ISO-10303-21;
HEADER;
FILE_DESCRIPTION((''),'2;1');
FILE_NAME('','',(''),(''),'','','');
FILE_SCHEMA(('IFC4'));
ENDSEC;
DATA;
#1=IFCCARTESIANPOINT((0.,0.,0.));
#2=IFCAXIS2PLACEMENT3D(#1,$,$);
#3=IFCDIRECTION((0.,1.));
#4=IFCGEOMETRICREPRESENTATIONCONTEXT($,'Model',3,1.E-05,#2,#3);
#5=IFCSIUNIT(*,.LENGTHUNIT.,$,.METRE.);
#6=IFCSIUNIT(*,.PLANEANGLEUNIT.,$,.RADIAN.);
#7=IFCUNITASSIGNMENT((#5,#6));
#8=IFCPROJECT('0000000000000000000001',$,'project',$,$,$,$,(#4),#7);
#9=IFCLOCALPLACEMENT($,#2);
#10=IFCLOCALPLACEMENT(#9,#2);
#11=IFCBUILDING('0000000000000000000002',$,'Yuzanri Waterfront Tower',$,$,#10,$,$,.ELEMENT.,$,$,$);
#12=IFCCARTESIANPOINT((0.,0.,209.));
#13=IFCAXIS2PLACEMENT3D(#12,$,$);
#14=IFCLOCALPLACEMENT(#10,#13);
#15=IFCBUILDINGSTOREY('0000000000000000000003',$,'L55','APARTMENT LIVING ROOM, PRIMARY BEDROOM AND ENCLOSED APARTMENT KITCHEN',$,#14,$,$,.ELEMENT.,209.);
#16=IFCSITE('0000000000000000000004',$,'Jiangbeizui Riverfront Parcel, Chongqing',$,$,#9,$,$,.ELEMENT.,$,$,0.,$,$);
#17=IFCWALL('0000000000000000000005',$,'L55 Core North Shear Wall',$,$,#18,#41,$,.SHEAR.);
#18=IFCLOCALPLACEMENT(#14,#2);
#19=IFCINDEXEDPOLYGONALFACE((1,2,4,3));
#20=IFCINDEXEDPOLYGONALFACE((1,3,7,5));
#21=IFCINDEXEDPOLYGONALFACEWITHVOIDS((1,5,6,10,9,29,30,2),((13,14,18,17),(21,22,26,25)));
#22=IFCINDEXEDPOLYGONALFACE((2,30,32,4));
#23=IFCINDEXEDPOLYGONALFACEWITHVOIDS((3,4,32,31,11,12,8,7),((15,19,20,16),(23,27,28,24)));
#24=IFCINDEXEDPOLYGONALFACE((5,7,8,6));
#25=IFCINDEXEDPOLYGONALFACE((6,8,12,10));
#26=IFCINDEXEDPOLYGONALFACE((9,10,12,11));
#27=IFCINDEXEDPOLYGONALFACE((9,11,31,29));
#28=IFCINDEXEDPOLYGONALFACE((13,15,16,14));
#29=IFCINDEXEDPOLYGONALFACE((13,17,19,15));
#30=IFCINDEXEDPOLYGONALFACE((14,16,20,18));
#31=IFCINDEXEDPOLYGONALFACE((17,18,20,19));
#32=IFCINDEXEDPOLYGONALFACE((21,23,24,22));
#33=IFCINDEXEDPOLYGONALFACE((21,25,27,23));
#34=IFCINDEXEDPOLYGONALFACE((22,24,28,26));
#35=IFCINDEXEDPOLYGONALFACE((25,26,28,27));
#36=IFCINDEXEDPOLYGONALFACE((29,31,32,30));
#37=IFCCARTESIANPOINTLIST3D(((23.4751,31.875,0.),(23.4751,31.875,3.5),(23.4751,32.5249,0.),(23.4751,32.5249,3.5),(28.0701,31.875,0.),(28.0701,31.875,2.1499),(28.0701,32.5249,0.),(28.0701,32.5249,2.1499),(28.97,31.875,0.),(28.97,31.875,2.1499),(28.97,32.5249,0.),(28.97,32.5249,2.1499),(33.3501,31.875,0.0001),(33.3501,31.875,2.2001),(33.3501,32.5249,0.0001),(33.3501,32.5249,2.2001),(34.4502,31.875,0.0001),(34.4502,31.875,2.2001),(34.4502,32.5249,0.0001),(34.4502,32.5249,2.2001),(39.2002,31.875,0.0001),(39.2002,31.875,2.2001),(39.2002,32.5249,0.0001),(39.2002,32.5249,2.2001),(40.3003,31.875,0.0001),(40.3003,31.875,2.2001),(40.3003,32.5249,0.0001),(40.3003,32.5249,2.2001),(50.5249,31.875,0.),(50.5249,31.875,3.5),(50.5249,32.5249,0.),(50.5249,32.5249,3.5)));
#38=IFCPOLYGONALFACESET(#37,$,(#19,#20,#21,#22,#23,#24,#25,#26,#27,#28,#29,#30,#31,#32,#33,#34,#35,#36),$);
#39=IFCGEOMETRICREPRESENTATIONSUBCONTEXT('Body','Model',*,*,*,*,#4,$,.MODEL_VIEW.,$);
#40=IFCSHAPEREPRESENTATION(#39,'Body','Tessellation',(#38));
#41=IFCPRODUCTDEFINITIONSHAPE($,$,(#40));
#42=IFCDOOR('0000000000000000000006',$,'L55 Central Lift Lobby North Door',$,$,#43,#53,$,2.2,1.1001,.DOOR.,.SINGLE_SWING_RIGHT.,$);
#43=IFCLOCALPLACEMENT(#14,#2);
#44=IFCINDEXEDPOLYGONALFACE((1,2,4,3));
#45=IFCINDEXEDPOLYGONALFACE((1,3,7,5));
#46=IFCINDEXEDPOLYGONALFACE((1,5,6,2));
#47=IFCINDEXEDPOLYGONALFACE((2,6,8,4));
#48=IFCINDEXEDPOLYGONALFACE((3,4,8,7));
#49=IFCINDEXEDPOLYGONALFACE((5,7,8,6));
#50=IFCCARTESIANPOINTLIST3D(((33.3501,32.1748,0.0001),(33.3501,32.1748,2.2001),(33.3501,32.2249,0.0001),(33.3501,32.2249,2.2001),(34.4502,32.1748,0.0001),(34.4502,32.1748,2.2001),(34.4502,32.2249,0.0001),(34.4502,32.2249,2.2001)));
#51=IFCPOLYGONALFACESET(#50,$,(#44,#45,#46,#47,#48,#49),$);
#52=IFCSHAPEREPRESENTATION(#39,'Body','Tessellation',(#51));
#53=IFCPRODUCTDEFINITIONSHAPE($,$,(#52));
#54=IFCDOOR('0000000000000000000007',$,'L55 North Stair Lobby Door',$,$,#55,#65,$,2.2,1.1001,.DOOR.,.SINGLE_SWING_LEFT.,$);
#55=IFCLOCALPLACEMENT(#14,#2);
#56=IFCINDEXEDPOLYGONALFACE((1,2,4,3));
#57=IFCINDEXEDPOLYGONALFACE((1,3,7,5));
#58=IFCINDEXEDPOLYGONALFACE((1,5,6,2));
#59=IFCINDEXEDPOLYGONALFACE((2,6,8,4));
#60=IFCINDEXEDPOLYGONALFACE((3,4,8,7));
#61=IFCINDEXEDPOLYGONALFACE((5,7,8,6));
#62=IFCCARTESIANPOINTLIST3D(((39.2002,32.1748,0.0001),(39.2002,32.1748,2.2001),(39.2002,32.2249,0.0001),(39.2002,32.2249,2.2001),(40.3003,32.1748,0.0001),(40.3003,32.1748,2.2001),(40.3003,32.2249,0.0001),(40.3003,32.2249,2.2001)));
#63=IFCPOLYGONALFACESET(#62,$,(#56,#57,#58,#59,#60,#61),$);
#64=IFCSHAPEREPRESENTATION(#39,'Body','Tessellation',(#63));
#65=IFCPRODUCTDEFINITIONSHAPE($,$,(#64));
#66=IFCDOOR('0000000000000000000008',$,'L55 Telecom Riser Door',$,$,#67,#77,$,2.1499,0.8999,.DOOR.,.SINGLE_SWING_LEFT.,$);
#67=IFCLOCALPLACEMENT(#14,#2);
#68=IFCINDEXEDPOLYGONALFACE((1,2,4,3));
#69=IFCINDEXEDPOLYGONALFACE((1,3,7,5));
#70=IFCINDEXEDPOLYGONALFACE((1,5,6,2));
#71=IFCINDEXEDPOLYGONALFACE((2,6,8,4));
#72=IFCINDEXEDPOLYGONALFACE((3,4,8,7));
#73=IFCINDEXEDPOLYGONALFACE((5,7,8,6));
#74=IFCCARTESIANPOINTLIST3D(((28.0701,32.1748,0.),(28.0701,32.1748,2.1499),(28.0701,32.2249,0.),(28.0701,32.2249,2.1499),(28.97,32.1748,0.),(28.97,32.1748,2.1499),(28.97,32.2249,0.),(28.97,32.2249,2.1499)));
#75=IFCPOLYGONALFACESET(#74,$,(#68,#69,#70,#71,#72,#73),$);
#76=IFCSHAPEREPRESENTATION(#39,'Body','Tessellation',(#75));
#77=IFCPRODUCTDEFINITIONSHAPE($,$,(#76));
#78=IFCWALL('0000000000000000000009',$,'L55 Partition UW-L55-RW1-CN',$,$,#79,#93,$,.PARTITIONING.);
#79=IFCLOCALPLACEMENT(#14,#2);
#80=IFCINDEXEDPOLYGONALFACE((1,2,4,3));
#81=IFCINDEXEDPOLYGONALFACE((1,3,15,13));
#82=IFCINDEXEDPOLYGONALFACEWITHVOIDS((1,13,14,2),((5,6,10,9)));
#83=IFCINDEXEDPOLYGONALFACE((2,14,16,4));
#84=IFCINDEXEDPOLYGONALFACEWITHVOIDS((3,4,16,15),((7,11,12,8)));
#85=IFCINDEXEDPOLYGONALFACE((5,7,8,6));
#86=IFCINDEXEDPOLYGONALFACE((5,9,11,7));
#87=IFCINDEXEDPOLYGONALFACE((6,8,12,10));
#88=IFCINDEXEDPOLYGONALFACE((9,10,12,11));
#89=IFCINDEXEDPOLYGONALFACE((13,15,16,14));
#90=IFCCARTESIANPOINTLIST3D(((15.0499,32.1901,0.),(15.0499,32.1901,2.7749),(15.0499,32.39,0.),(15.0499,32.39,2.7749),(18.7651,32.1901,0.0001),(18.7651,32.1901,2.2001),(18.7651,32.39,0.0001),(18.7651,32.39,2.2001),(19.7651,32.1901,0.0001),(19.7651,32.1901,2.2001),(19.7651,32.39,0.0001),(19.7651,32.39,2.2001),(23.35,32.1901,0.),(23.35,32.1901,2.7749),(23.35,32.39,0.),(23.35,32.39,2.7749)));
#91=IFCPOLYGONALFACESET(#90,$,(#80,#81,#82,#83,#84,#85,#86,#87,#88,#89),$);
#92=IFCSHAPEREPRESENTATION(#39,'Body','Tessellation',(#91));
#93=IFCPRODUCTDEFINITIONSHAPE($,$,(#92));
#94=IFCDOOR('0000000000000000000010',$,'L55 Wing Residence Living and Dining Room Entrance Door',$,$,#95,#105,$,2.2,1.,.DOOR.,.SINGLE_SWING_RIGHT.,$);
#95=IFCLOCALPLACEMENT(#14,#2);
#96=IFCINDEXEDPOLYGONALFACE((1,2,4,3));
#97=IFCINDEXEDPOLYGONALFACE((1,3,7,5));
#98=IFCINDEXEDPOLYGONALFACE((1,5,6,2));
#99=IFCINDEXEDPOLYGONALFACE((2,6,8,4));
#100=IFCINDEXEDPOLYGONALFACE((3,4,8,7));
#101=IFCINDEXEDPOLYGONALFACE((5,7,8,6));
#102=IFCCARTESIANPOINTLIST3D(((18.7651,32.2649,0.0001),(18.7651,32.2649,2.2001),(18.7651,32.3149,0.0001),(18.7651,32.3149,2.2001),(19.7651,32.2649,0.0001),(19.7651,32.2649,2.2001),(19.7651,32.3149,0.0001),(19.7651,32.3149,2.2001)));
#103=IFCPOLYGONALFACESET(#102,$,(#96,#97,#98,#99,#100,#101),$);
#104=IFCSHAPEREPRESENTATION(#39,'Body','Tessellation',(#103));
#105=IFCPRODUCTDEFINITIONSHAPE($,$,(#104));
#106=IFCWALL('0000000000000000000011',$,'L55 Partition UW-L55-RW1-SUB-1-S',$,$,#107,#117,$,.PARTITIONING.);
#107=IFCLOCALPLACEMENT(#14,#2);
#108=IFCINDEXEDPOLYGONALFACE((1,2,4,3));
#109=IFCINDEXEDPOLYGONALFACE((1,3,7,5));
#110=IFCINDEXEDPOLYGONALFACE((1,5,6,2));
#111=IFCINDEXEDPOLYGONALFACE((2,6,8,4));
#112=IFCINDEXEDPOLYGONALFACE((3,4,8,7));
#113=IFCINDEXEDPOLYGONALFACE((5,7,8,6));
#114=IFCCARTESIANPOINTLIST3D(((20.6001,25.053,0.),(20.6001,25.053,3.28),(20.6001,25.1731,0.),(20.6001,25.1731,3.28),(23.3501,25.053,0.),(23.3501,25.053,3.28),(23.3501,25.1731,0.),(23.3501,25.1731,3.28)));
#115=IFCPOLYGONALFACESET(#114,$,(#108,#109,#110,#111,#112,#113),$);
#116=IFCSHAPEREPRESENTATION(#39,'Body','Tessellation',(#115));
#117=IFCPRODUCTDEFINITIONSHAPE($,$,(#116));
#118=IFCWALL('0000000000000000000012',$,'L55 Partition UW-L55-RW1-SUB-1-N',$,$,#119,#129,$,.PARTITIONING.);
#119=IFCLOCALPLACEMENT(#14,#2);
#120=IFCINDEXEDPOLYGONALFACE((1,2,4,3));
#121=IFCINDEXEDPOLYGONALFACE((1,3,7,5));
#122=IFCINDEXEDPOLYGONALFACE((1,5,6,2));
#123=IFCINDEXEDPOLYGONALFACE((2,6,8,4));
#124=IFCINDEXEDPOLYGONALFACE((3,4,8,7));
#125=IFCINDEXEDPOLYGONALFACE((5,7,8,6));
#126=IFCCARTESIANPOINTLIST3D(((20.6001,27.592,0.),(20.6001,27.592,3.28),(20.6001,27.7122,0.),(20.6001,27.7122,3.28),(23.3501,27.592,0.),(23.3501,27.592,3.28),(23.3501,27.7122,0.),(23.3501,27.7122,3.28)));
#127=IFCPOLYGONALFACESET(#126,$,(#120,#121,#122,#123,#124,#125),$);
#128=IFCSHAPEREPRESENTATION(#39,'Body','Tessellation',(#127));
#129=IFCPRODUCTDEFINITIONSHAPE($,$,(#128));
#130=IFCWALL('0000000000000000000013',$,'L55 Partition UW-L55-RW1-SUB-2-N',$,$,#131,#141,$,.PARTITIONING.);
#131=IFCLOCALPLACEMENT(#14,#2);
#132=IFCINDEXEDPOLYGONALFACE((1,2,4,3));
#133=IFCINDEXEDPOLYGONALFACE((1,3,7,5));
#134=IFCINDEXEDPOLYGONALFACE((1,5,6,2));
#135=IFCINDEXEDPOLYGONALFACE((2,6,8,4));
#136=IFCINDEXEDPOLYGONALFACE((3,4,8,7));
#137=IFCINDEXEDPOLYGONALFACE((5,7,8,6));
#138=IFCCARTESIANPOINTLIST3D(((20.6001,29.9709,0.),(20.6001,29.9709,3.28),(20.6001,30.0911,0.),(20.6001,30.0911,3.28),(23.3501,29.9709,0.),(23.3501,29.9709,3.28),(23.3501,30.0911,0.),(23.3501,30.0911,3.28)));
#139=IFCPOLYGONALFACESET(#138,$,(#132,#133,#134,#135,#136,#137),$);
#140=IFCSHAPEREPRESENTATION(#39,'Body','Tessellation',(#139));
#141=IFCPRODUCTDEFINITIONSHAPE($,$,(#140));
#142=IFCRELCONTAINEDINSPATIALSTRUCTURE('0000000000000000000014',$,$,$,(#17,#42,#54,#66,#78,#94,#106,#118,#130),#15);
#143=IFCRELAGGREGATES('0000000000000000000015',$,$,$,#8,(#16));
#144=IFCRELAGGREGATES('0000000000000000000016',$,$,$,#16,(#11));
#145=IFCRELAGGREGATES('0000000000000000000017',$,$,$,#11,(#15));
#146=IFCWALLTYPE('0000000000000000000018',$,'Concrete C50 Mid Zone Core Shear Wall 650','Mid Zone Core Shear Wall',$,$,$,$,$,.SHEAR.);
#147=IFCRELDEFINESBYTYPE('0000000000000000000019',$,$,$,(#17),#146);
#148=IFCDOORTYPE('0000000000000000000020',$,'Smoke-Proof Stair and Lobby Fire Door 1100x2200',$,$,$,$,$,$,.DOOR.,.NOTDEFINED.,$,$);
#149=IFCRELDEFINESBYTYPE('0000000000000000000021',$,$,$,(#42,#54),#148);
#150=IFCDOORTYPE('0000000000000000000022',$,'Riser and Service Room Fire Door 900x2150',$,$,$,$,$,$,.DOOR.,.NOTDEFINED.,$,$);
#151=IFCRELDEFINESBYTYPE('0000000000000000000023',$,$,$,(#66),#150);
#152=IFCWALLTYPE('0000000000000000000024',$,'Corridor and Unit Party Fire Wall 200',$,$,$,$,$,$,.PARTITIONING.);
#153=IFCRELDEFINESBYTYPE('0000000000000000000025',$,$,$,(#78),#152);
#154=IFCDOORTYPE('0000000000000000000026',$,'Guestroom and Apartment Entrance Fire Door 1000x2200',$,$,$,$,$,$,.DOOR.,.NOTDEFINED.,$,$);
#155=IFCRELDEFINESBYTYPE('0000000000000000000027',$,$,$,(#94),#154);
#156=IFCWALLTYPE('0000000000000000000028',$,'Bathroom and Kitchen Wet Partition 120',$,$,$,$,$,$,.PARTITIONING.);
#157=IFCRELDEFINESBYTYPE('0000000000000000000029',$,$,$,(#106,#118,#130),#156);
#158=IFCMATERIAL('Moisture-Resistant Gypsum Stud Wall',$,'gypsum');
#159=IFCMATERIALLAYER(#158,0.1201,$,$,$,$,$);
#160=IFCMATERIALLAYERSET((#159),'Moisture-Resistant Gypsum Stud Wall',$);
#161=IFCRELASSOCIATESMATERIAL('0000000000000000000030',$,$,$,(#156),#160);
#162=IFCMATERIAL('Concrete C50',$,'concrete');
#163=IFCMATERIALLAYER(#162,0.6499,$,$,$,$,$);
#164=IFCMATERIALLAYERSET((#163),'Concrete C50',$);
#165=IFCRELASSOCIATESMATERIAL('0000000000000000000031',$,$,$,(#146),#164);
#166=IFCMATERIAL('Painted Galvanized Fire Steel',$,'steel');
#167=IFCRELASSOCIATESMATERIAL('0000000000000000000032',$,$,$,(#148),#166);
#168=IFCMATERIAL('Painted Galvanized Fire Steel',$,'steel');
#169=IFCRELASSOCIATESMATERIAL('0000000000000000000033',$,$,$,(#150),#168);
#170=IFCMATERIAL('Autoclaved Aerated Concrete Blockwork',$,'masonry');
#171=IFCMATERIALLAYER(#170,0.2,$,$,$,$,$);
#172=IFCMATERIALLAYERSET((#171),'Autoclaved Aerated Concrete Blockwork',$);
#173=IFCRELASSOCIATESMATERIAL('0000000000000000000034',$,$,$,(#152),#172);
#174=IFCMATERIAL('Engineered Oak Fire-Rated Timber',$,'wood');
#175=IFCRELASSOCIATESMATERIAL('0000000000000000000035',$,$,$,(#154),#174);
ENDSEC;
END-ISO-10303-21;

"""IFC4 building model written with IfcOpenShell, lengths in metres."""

from ifc_helpers import new_model, si_unit, direction, frame, frame_2d, origin, place, context, subcontext, project, spatial, rectangle, extrude, source, transform, mapped, material, layer, layer_set, type_object, element, fill, save


model = new_model("IFC4")

# Units and contexts
model_context = context("Model", 3, precision=1e-05, world=origin(), true_north=direction((0.0, 1.0)))
body_context = subcontext(model_context, "Body", "Model", "MODEL_VIEW")
ifc_project = project(units=[si_unit("LENGTHUNIT", "METRE"), si_unit("PLANEANGLEUNIT", "RADIAN")], contexts=[model_context])

# Site, building, storey
site_placement = place(None, origin())
site = spatial("IfcSite", under=ifc_project, at=site_placement, Name="Jiangbeizui Riverfront Parcel, Chongqing", CompositionType="ELEMENT", RefElevation=0.0)
building_placement = place(site_placement, origin())
building = spatial("IfcBuilding", under=site, at=building_placement, Name="Yuzanri Waterfront Tower", CompositionType="ELEMENT")
storey_placement = place(building_placement, frame((0.0, 0.0, 209.0)))
storey = spatial("IfcBuildingStorey", under=building, at=storey_placement, Name="L55", Description="APARTMENT LIVING ROOM, PRIMARY BEDROOM AND ENCLOSED APARTMENT KITCHEN", CompositionType="ELEMENT", Elevation=209.0)

# Shared definitions
ifc_material_1 = material(Name="Moisture-Resistant Gypsum Stud Wall", Category="gypsum")
ifc_layer_1 = layer(ifc_material_1, 0.1201)
ifc_layer_set_1 = layer_set([ifc_layer_1], Name="Moisture-Resistant Gypsum Stud Wall")
wall_type_1 = type_object("IfcWallType", Name="Bathroom and Kitchen Wet Partition 120", PredefinedType="PARTITIONING", material=ifc_layer_set_1)

# Wall, openings, doors
ifc_material_2 = material(Name="Concrete C50", Category="concrete")
ifc_layer_2 = layer(ifc_material_2, 0.6499)
ifc_layer_set_2 = layer_set([ifc_layer_2], Name="Concrete C50")
wall_type_2 = type_object("IfcWallType", Name="Concrete C50 Mid Zone Core Shear Wall 650", Description="Mid Zone Core Shear Wall", PredefinedType="SHEAR", material=ifc_layer_set_2)
wall_1_placement = place(storey_placement, frame((23.4751, 32.2, 0.0), z_axis=(0.0, 0.0, 1.0), x_axis=(1.0, 0.0, 0.0)))
wall_1 = element("IfcWall", 1, at=wall_1_placement, inside=storey, type_object=wall_type_2, Name="L55 Core North Shear Wall", PredefinedType="SHEAR", context=body_context, shape_type="SweptSolid", body=[
    extrude(rectangle(XDim=27.0498, YDim=0.6499, at=frame_2d((13.5249, 0.0))), origin(), (0.0, 0.0, 1.0), 3.5),
])
opening_1_placement = place(wall_1_placement, frame((4.595, 0.0, 0.0)))
opening_1 = element("IfcOpeningElement", 2, at=opening_1_placement, cuts=wall_1, PredefinedType="OPENING", context=body_context, shape_type="SweptSolid", body=[
    extrude(rectangle(XDim=0.8999, YDim=2.1499, at=frame_2d((0.45, 1.075))), frame((0.0, 0.3398, 0.0), z_axis=(0.0, -1.0, 0.0), x_axis=(1.0, 0.0, 0.0)), (0.0, 0.0, 1.0), 0.6797),
])
opening_2_placement = place(wall_1_placement, frame((9.875, 0.0, 0.0)))
opening_2 = element("IfcOpeningElement", 3, at=opening_2_placement, cuts=wall_1, PredefinedType="OPENING", context=body_context, shape_type="SweptSolid", body=[
    extrude(rectangle(XDim=1.1001, YDim=2.2, at=frame_2d((0.55, 1.1001))), frame((0.0, 0.3398, 0.0), z_axis=(0.0, -1.0, 0.0), x_axis=(1.0, 0.0, 0.0)), (0.0, 0.0, 1.0), 0.6797),
])
opening_3_placement = place(wall_1_placement, frame((15.7251, 0.0, 0.0)))
opening_3 = element("IfcOpeningElement", 4, at=opening_3_placement, cuts=wall_1, PredefinedType="OPENING", context=body_context, shape_type="SweptSolid", body=[
    extrude(rectangle(XDim=1.1001, YDim=2.2, at=frame_2d((0.55, 1.1001))), frame((0.0, 0.3398, 0.0), z_axis=(0.0, -1.0, 0.0), x_axis=(1.0, 0.0, 0.0)), (0.0, 0.0, 1.0), 0.6797),
])
ifc_material_3 = material(Name="Painted Galvanized Fire Steel", Category="steel")
door_type_1 = type_object("IfcDoorType", Name="Smoke-Proof Stair and Lobby Fire Door 1100x2200", OperationType="NOTDEFINED", PredefinedType="DOOR", material=ifc_material_3)
shared_shape_1 = source(origin(), body_context, "Body", "SweptSolid", [
    extrude(rectangle(XDim=1.1001, YDim=2.2, at=frame_2d((0.55, 1.1001))), frame((0.0, 0.0249, 0.0), z_axis=(0.0, -1.0, 0.0), x_axis=(1.0, 0.0, 0.0)), (0.0, 0.0, 1.0), 0.05),
])
door_1_placement = place(opening_2_placement, origin())
door_1 = element("IfcDoor", 5, at=door_1_placement, inside=storey, type_object=door_type_1, Name="L55 Central Lift Lobby North Door", OperationType="SINGLE_SWING_RIGHT", OverallHeight=2.2, OverallWidth=1.1001, PredefinedType="DOOR", context=body_context, shape_type="MappedRepresentation", body=[
    mapped(shared_shape_1, transform((0.0, 0.0, 0.0), scale=1.0)),
])
fill(opening_2, door_1)
door_2_placement = place(opening_3_placement, origin())
door_2 = element("IfcDoor", 6, at=door_2_placement, inside=storey, type_object=door_type_1, Name="L55 North Stair Lobby Door", OperationType="SINGLE_SWING_LEFT", OverallHeight=2.2, OverallWidth=1.1001, PredefinedType="DOOR", context=body_context, shape_type="MappedRepresentation", body=[
    mapped(shared_shape_1, transform((0.0, 0.0, 0.0), scale=1.0)),
])
fill(opening_3, door_2)
ifc_material_4 = material(Name="Painted Galvanized Fire Steel", Category="steel")
door_type_2 = type_object("IfcDoorType", Name="Riser and Service Room Fire Door 900x2150", OperationType="NOTDEFINED", PredefinedType="DOOR", material=ifc_material_4)
shared_shape_2 = source(origin(), body_context, "Body", "SweptSolid", [
    extrude(rectangle(XDim=0.8999, YDim=2.1499, at=frame_2d((0.45, 1.075))), frame((0.0, 0.0249, 0.0), z_axis=(0.0, -1.0, 0.0), x_axis=(1.0, 0.0, 0.0)), (0.0, 0.0, 1.0), 0.05),
])
door_3_placement = place(opening_1_placement, origin())
door_3 = element("IfcDoor", 7, at=door_3_placement, inside=storey, type_object=door_type_2, Name="L55 Telecom Riser Door", OperationType="SINGLE_SWING_LEFT", OverallHeight=2.1499, OverallWidth=0.8999, PredefinedType="DOOR", context=body_context, shape_type="MappedRepresentation", body=[
    mapped(shared_shape_2, transform((0.0, 0.0, 0.0), scale=1.0)),
])
fill(opening_1, door_3)

# Wall, opening, door
ifc_material_5 = material(Name="Autoclaved Aerated Concrete Blockwork", Category="masonry")
ifc_layer_3 = layer(ifc_material_5, 0.2)
ifc_layer_set_3 = layer_set([ifc_layer_3], Name="Autoclaved Aerated Concrete Blockwork")
wall_type_3 = type_object("IfcWallType", Name="Corridor and Unit Party Fire Wall 200", PredefinedType="PARTITIONING", material=ifc_layer_set_3)
wall_2_placement = place(storey_placement, frame((15.05, 32.29, 0.0), z_axis=(0.0, 0.0, 1.0), x_axis=(1.0, 0.0, 0.0)))
wall_2 = element("IfcWall", 8, at=wall_2_placement, inside=storey, type_object=wall_type_3, Name="L55 Partition UW-L55-RW1-CN", PredefinedType="PARTITIONING", context=body_context, shape_type="SweptSolid", body=[
    extrude(rectangle(XDim=8.3, YDim=0.2, at=frame_2d((4.1499, 0.0))), origin(), (0.0, 0.0, 1.0), 2.7749),
])
opening_4_placement = place(wall_2_placement, frame((3.7151, 0.0, 0.0)))
opening_4 = element("IfcOpeningElement", 9, at=opening_4_placement, cuts=wall_2, PredefinedType="OPENING", context=body_context, shape_type="SweptSolid", body=[
    extrude(rectangle(XDim=1.0, YDim=2.2, at=frame_2d((0.5, 1.1001))), frame((0.0, 0.1147, 0.0), z_axis=(0.0, -1.0, 0.0), x_axis=(1.0, 0.0, 0.0)), (0.0, 0.0, 1.0), 0.2297),
])
ifc_material_6 = material(Name="Engineered Oak Fire-Rated Timber", Category="wood")
door_type_3 = type_object("IfcDoorType", Name="Guestroom and Apartment Entrance Fire Door 1000x2200", OperationType="NOTDEFINED", PredefinedType="DOOR", material=ifc_material_6)
shared_shape_3 = source(origin(), body_context, "Body", "SweptSolid", [
    extrude(rectangle(XDim=1.0, YDim=2.2, at=frame_2d((0.5, 1.1001))), frame((0.0, 0.0249, 0.0), z_axis=(0.0, -1.0, 0.0), x_axis=(1.0, 0.0, 0.0)), (0.0, 0.0, 1.0), 0.05),
])
door_4_placement = place(opening_4_placement, origin())
door_4 = element("IfcDoor", 10, at=door_4_placement, inside=storey, type_object=door_type_3, Name="L55 Wing Residence Living and Dining Room Entrance Door", OperationType="SINGLE_SWING_RIGHT", OverallHeight=2.2, OverallWidth=1.0, PredefinedType="DOOR", context=body_context, shape_type="MappedRepresentation", body=[
    mapped(shared_shape_3, transform((0.0, 0.0, 0.0), scale=1.0)),
])
fill(opening_4, door_4)

# Walls
shared_shape_4 = source(origin(), body_context, "Body", "SweptSolid", [
    extrude(rectangle(XDim=2.75, YDim=0.1201, at=frame_2d((1.375, 0.0))), origin(), (0.0, 0.0, 1.0), 3.28),
])
for number, where, z_axis, x_axis, name in (
    (11, (20.6001, 25.113, 0.0), (0.0, 0.0, 1.0), (1.0, 0.0, 0.0), "L55 Partition UW-L55-RW1-SUB-1-S"),
    (12, (20.6001, 27.6521, 0.0), (0.0, 0.0, 1.0), (1.0, 0.0, 0.0), "L55 Partition UW-L55-RW1-SUB-1-N"),
    (13, (20.6001, 30.031, 0.0), (0.0, 0.0, 1.0), (1.0, 0.0, 0.0), "L55 Partition UW-L55-RW1-SUB-2-N"),
):
    element("IfcWall", number, at=place(storey_placement, frame(where, z_axis=z_axis, x_axis=x_axis)), inside=storey, type_object=wall_type_1, Name=name, PredefinedType="PARTITIONING", context=body_context, shape_type="MappedRepresentation", body=[
        mapped(shared_shape_4, transform((0.0, 0.0, 0.0), scale=1.0)),
    ])

save(model, "model.ifc")
